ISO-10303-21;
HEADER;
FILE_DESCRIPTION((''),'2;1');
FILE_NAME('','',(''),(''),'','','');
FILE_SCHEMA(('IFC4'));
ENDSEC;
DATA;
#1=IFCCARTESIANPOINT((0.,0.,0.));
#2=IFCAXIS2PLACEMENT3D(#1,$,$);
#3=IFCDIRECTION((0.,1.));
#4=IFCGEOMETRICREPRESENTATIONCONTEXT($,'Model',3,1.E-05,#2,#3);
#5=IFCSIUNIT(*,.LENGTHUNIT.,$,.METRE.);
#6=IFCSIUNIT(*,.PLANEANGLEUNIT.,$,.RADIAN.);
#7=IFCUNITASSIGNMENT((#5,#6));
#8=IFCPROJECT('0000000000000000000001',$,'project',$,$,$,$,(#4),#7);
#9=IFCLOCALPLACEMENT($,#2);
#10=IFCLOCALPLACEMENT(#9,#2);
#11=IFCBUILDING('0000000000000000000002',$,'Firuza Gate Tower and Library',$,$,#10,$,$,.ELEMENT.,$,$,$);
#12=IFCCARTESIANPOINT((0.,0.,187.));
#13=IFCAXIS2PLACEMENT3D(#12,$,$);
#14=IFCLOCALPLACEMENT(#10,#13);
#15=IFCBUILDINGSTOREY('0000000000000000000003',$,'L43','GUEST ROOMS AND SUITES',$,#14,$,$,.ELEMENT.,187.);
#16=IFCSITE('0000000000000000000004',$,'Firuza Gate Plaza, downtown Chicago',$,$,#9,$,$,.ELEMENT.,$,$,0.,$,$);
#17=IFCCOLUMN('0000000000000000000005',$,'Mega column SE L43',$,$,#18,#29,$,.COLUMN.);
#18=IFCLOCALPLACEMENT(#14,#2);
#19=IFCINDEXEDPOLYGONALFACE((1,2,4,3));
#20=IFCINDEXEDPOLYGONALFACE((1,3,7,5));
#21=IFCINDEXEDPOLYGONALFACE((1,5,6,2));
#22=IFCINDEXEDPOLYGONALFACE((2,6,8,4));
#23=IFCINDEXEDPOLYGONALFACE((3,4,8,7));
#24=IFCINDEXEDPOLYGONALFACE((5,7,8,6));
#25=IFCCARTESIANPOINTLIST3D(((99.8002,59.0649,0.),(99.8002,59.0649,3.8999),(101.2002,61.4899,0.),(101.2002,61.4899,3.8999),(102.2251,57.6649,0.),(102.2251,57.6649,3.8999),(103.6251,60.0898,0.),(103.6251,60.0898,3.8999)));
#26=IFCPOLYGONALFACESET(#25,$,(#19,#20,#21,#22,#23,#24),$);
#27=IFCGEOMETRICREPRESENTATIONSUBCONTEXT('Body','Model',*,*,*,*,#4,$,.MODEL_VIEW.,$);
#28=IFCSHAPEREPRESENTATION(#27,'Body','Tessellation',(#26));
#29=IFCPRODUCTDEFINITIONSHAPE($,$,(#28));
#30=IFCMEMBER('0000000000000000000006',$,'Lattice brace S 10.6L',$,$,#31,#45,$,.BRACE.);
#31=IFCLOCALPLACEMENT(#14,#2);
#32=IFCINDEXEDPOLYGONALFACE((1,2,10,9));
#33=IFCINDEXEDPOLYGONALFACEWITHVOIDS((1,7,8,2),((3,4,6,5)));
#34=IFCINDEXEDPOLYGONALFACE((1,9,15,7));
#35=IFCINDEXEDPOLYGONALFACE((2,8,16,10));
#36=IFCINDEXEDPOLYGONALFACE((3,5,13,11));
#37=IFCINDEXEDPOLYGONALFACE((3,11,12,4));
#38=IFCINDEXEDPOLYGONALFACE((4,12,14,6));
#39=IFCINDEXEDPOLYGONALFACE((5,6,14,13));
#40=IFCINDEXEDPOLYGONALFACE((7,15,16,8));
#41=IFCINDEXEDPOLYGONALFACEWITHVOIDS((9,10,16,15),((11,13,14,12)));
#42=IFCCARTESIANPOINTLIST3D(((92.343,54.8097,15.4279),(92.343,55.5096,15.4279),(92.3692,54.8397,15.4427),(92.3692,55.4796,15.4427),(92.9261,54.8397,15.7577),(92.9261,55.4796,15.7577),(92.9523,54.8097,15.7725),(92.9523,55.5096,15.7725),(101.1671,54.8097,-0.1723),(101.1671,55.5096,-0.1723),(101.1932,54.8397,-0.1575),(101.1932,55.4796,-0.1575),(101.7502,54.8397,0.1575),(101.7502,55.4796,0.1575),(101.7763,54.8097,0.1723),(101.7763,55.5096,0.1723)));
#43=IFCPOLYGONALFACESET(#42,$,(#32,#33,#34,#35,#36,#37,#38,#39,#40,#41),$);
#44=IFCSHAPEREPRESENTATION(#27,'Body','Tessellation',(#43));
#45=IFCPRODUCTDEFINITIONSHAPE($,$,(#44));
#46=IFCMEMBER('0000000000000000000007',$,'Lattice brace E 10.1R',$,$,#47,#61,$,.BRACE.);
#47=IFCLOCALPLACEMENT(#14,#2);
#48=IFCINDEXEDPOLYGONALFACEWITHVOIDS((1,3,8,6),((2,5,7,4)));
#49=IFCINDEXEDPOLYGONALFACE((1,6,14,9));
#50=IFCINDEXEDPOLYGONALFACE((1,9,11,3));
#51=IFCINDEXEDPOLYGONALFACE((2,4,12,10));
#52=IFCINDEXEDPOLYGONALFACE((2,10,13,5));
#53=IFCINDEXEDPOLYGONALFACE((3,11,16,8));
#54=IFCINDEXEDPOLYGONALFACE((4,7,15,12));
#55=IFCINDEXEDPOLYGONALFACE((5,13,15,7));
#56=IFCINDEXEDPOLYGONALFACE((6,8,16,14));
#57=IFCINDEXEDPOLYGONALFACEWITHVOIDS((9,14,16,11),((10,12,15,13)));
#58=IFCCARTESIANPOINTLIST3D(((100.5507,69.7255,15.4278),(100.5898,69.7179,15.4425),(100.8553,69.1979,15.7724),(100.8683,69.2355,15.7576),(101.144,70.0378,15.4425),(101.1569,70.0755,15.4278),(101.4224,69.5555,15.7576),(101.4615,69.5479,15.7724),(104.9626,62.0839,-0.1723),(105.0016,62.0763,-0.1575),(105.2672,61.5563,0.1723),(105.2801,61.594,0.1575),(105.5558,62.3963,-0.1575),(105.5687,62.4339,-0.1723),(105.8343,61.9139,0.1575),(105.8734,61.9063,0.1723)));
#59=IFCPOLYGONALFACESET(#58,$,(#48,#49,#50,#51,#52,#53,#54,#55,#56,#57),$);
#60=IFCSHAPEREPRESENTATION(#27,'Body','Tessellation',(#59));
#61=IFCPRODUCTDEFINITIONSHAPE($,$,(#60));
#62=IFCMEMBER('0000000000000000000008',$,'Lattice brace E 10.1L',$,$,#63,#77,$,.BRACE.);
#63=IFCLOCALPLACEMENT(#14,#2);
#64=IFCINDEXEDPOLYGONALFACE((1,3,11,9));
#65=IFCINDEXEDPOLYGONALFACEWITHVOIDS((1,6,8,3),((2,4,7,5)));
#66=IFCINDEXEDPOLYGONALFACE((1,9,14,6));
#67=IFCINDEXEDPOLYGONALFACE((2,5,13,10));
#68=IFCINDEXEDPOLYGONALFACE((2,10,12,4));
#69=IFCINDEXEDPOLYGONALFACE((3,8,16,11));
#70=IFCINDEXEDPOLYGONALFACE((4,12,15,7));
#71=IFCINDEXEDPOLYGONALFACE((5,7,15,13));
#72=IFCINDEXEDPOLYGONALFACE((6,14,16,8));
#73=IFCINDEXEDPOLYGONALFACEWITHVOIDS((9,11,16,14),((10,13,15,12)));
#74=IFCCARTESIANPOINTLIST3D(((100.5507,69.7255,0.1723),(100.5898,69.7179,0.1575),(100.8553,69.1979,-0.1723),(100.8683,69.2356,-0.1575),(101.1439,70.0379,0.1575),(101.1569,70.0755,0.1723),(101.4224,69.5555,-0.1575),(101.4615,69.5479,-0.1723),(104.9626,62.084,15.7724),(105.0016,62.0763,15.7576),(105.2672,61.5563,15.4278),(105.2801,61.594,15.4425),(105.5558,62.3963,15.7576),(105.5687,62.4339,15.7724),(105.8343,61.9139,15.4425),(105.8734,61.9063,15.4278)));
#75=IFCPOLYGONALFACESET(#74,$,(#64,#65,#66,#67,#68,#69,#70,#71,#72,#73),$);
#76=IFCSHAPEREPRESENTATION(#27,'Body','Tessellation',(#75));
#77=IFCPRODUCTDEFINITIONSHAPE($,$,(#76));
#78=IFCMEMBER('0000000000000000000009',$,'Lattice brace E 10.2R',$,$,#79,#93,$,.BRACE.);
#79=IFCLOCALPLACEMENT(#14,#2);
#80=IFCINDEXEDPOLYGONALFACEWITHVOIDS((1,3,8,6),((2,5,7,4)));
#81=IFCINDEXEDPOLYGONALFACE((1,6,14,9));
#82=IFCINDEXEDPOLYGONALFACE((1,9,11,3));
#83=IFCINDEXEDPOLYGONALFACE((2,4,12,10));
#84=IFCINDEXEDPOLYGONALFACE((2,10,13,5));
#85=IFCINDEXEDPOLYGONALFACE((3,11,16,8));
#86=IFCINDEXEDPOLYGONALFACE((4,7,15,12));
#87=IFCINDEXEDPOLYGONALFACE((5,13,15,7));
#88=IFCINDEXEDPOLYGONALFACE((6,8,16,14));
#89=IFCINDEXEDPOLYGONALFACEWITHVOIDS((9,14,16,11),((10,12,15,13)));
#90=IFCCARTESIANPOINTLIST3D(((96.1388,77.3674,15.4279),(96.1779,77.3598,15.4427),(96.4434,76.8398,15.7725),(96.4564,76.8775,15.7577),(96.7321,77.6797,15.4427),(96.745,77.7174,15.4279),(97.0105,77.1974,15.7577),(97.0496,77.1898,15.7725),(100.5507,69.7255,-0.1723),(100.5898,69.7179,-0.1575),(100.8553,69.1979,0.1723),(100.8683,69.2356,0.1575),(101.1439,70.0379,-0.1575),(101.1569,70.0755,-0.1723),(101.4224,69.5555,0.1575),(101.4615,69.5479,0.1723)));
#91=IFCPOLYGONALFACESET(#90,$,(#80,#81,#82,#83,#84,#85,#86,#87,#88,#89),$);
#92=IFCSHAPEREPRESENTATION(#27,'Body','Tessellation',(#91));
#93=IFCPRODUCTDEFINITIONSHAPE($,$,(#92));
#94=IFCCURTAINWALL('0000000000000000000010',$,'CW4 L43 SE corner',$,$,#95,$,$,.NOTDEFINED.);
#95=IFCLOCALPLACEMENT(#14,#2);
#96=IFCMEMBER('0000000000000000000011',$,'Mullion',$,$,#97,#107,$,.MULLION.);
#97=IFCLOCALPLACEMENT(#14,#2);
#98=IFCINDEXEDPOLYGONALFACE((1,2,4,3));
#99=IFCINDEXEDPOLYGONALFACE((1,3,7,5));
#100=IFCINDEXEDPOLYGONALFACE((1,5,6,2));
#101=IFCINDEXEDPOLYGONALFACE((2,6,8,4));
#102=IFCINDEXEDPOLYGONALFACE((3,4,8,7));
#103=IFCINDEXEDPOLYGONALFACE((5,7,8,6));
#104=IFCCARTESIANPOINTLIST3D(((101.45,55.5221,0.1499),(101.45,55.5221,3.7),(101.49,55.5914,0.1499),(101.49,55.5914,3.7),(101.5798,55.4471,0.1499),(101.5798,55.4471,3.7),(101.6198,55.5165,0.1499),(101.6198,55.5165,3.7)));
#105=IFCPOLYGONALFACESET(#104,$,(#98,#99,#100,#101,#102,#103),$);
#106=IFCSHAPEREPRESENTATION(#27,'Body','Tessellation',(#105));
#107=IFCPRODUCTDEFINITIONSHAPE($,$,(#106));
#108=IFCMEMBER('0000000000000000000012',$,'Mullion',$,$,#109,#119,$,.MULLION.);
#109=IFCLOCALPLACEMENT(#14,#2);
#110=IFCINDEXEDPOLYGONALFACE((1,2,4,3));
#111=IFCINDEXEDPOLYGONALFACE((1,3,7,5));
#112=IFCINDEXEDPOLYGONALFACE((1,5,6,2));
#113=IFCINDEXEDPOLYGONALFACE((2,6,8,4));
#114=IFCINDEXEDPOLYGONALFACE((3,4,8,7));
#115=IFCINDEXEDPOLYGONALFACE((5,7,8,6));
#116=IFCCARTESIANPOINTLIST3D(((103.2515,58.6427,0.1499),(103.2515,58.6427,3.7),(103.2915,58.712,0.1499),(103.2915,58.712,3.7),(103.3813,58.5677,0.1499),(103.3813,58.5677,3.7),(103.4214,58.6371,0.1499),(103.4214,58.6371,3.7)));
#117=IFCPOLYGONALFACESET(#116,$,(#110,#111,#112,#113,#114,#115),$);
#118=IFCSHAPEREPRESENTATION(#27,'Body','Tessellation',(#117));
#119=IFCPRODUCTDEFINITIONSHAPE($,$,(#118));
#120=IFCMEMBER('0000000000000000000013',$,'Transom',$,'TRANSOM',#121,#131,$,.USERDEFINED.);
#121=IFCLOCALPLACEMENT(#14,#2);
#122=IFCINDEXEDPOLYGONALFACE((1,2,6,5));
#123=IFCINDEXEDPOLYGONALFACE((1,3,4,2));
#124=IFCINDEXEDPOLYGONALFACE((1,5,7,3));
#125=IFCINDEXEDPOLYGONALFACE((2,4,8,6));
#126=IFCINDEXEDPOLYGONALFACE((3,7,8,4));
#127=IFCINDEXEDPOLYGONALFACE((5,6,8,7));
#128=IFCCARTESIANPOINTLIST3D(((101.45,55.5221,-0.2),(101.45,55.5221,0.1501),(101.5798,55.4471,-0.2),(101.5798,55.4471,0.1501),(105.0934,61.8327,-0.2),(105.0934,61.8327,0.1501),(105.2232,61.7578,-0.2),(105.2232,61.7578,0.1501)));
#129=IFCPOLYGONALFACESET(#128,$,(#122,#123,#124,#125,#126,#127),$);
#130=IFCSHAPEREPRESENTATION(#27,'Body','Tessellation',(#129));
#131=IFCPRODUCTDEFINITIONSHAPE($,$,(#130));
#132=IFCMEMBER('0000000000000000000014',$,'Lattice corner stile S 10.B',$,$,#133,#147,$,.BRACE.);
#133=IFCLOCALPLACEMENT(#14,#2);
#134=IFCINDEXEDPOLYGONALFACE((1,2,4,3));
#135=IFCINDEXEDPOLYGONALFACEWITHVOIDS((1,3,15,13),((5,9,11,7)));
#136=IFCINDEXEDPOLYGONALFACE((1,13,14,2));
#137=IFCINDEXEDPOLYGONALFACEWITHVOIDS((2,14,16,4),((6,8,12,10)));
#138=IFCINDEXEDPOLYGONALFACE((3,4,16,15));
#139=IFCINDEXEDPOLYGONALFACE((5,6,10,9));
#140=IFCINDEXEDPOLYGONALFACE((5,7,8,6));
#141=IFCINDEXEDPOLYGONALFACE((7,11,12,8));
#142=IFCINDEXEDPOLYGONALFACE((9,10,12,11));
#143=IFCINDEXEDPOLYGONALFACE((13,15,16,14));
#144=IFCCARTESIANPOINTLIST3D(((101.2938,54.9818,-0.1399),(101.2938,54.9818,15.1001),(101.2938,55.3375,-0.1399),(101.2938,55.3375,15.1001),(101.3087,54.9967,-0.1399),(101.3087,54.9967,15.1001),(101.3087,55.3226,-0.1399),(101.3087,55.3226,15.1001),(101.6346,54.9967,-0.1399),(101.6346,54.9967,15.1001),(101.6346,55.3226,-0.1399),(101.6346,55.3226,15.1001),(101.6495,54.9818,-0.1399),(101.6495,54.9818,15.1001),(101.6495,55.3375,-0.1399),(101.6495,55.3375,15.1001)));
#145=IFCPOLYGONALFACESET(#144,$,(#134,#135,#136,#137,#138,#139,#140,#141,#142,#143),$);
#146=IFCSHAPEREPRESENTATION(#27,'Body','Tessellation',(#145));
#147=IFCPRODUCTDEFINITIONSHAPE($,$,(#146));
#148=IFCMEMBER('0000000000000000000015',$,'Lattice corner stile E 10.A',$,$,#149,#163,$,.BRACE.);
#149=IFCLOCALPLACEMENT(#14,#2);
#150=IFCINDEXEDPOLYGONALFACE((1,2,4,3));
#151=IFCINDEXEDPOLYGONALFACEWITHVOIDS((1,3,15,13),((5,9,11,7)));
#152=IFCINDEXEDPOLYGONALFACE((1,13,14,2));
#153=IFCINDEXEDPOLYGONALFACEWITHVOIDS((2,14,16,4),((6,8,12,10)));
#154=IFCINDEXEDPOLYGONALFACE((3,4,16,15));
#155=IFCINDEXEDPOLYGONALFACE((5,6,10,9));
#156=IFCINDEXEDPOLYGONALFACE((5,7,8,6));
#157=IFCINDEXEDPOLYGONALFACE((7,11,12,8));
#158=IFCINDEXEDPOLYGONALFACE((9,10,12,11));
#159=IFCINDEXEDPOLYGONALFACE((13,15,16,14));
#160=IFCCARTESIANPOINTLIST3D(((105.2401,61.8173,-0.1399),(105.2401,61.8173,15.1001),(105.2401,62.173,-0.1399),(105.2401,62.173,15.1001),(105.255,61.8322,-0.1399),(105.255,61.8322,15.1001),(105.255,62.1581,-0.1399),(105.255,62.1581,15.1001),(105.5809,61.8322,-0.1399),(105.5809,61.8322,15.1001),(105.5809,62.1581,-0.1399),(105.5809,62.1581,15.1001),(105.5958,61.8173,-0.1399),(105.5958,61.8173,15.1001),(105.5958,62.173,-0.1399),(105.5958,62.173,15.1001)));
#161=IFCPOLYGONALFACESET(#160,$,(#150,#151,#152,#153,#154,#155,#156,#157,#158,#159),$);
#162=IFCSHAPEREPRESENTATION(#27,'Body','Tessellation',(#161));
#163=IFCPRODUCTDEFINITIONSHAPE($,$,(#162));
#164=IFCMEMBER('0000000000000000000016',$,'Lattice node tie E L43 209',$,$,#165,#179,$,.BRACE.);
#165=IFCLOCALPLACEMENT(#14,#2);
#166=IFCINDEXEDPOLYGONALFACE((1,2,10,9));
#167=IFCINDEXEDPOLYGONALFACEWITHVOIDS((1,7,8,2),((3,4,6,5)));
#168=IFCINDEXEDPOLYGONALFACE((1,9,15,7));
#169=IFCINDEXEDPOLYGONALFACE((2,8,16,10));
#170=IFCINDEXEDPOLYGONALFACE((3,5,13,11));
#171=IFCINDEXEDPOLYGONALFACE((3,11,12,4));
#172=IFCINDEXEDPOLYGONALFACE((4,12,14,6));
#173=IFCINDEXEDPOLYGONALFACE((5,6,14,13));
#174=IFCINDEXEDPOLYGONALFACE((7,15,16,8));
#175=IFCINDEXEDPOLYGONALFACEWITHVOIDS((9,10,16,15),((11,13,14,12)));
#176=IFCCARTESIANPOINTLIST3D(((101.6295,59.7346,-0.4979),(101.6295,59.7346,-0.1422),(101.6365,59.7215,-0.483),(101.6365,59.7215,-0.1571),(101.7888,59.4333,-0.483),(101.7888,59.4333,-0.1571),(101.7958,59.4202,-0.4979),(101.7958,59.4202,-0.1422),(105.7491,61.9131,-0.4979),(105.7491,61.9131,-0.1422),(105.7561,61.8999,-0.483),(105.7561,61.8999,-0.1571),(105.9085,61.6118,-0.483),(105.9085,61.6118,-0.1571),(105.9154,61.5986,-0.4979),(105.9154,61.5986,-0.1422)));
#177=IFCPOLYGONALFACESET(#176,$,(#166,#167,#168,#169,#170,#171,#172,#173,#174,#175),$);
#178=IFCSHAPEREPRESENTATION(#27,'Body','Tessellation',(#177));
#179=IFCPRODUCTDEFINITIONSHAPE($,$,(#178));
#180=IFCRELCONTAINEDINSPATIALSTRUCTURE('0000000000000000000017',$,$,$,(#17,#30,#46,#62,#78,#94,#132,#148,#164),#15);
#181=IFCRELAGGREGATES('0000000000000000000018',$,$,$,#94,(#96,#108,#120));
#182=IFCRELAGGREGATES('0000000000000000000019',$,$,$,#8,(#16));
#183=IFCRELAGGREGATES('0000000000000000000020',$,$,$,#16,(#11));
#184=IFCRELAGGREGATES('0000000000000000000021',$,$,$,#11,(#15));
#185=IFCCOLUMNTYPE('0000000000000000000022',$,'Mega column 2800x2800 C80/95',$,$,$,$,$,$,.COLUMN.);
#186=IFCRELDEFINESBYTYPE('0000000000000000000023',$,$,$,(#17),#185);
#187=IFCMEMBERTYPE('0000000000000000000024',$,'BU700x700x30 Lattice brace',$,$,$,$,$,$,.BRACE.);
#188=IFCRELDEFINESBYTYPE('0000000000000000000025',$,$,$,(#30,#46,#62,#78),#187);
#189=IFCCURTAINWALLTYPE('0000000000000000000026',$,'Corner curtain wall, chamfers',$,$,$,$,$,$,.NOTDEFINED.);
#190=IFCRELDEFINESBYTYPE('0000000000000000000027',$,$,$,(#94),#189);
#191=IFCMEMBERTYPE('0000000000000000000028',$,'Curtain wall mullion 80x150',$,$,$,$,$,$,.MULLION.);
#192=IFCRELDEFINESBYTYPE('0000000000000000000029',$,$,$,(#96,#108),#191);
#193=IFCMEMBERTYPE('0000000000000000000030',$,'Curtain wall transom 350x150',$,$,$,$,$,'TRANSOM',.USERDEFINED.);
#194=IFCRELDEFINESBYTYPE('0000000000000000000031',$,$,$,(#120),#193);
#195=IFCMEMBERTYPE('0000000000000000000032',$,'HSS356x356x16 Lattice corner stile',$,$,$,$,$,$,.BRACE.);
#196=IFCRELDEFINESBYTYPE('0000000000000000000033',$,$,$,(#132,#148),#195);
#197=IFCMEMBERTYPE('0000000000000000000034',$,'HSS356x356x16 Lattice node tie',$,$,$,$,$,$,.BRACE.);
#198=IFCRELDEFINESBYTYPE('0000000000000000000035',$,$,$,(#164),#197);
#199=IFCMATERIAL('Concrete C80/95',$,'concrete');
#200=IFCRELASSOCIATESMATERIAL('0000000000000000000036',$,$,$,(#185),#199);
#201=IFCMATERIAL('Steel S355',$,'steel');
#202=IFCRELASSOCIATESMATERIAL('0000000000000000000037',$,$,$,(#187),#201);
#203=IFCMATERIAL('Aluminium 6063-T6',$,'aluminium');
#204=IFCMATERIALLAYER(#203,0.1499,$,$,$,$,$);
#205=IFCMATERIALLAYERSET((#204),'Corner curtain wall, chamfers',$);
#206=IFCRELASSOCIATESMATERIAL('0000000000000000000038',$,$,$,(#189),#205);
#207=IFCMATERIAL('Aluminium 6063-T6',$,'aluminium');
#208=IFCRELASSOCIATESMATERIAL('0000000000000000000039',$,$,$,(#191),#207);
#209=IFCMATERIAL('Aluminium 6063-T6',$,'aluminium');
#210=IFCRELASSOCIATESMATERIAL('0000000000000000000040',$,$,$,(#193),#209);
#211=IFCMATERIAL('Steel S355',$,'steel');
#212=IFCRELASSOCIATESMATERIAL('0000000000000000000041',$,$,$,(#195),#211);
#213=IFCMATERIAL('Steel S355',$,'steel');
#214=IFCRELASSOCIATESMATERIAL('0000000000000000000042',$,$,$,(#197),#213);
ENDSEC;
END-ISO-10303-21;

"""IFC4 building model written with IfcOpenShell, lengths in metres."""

from ifc_helpers import new_model, si_unit, direction, frame, origin, origin_2d, place, context, subcontext, project, spatial, rectangle, hollow_rectangle, extrude, material, layer, layer_set, material_profile, profile_set, type_object, element, aggregate, save


model = new_model("IFC4")

# Units and contexts
model_context = context("Model", 3, precision=1e-05, world=origin(), true_north=direction((0.0, 1.0)))
body_context = subcontext(model_context, "Body", "Model", "MODEL_VIEW")
ifc_project = project(units=[si_unit("LENGTHUNIT", "METRE"), si_unit("PLANEANGLEUNIT", "RADIAN")], contexts=[model_context])

# Site, building, storey
site_placement = place(None, origin())
site = spatial("IfcSite", under=ifc_project, at=site_placement, Name="Firuza Gate Plaza, downtown Chicago", CompositionType="ELEMENT", RefElevation=0.0)
building_placement = place(site_placement, origin())
building = spatial("IfcBuilding", under=site, at=building_placement, Name="Firuza Gate Tower and Library", CompositionType="ELEMENT")
storey_placement = place(building_placement, frame((0.0, 0.0, 187.0)))
storey = spatial("IfcBuildingStorey", under=building, at=storey_placement, Name="L43", Description="GUEST ROOMS AND SUITES", CompositionType="ELEMENT", Elevation=187.0)

# Column
ifc_material_1 = material(Name="Concrete C80/95", Category="concrete")
ifc_material_profile_1 = material_profile(ifc_material_1, rectangle(XDim=2.8, YDim=2.8, at=origin_2d()))
ifc_profile_set_1 = profile_set([ifc_material_profile_1], Name="Concrete C80/95")
column_type = type_object("IfcColumnType", Name="Mega column 2800x2800 C80/95", PredefinedType="COLUMN", material=ifc_profile_set_1)
column_placement = place(storey_placement, frame((101.7126, 59.5774, 0.0), z_axis=(0.0, 0.0, 1.0), x_axis=(0.5, 0.866025, 0.0)))
element("IfcColumn", 1, at=column_placement, inside=storey, type_object=column_type, Name="Mega column SE L43", PredefinedType="COLUMN", context=body_context, shape_type="SweptSolid", body=[
    extrude(rectangle(XDim=2.8, YDim=2.8, at=origin_2d()), origin(), (0.0, 0.0, 1.0), 3.8999),
])

# Members
ifc_material_2 = material(Name="Steel S355", Category="steel")
ifc_material_profile_2 = material_profile(ifc_material_2, hollow_rectangle(XDim=0.7, YDim=0.7, WallThickness=0.03, at=origin_2d()))
ifc_profile_set_2 = profile_set([ifc_material_profile_2], Name="Steel S355")
member_type_1 = type_object("IfcMemberType", Name="BU700x700x30 Lattice brace", PredefinedType="BRACE", material=ifc_profile_set_2)
member_1_placement = place(storey_placement, frame((101.4717, 55.1597, 0.0), z_axis=(-0.492333, 0.0, 0.870407), x_axis=(0.0, -1.0, 0.0)))
element("IfcMember", 2, at=member_1_placement, inside=storey, type_object=member_type_1, Name="Lattice brace S 10.6L", PredefinedType="BRACE", context=body_context, shape_type="SweptSolid", body=[
    extrude(hollow_rectangle(XDim=0.7, YDim=0.7, WallThickness=0.03, at=origin_2d()), origin(), (0.0, 0.0, 1.0), 17.9229),
])
for number, where, z_axis, x_axis, name in (
    (3, (105.418, 61.9951, 0.0), (-0.246161, 0.426365, 0.870412), (-0.866026, -0.499999, 0.0), "Lattice brace E 10.1R"),
    (4, (101.0061, 69.6367, 0.0), (0.246161, -0.426365, 0.870412), (0.866026, 0.499999, 0.0), "Lattice brace E 10.1L"),
):
    element("IfcMember", number, at=place(storey_placement, frame(where, z_axis=z_axis, x_axis=x_axis)), inside=storey, type_object=member_type_1, Name=name, PredefinedType="BRACE", context=body_context, shape_type="SweptSolid", body=[
        extrude(hollow_rectangle(XDim=0.7, YDim=0.7, WallThickness=0.03, at=origin_2d()), origin(), (0.0, 0.0, 1.0), 17.9226),
    ])
member_2_placement = place(storey_placement, frame((101.0061, 69.6367, 0.0), z_axis=(-0.24616, 0.426377, 0.870407), x_axis=(-0.866033, -0.499987, 0.0)))
element("IfcMember", 5, at=member_2_placement, inside=storey, type_object=member_type_1, Name="Lattice brace E 10.2R", PredefinedType="BRACE", context=body_context, shape_type="SweptSolid", body=[
    extrude(hollow_rectangle(XDim=0.7, YDim=0.7, WallThickness=0.03, at=origin_2d()), origin(), (0.0, 0.0, 1.0), 17.9229),
])

# Curtain wall, members
ifc_material_3 = material(Name="Aluminium 6063-T6", Category="aluminium")
ifc_layer_1 = layer(ifc_material_3, 0.1499)
ifc_layer_set_1 = layer_set([ifc_layer_1], Name="Corner curtain wall, chamfers")
curtain_wall_type = type_object("IfcCurtainWallType", Name="Corner curtain wall, chamfers", PredefinedType="NOTDEFINED", material=ifc_layer_set_1)
curtain_wall_placement = place(storey_placement, origin())
curtain_wall = element("IfcCurtainWall", 6, at=curtain_wall_placement, inside=storey, type_object=curtain_wall_type, Name="CW4 L43 SE corner", PredefinedType="NOTDEFINED")
ifc_material_4 = material(Name="Aluminium 6063-T6", Category="aluminium")
ifc_material_profile_3 = material_profile(ifc_material_4, rectangle(XDim=0.1499, YDim=0.0801, at=origin_2d()))
ifc_profile_set_3 = profile_set([ifc_material_profile_3], Name="Aluminium 6063-T6")
member_type_2 = type_object("IfcMemberType", Name="Curtain wall mullion 80x150", PredefinedType="MULLION", material=ifc_profile_set_3)
member_3_placement = place(storey_placement, frame((101.5349, 55.5193, 0.1499), z_axis=(0.0, 0.0, 1.0), x_axis=(-0.866025, 0.5, 0.0)))
member_3 = element("IfcMember", 7, at=member_3_placement, type_object=member_type_2, Name="Mullion", PredefinedType="MULLION", context=body_context, shape_type="SweptSolid", body=[
    extrude(rectangle(XDim=0.1499, YDim=0.0801, at=origin_2d()), origin(), (0.0, 0.0, 1.0), 3.55),
])
member_4_placement = place(storey_placement, frame((103.3364, 58.6399, 0.1499), z_axis=(0.0, 0.0, 1.0), x_axis=(-0.866025, 0.5, 0.0)))
member_4 = element("IfcMember", 8, at=member_4_placement, type_object=member_type_2, Name="Mullion", PredefinedType="MULLION", context=body_context, shape_type="SweptSolid", body=[
    extrude(rectangle(XDim=0.1499, YDim=0.0801, at=origin_2d()), origin(), (0.0, 0.0, 1.0), 3.55),
])
ifc_material_5 = material(Name="Aluminium 6063-T6", Category="aluminium")
ifc_material_profile_4 = material_profile(ifc_material_5, rectangle(XDim=0.1499, YDim=0.3501, at=origin_2d()))
ifc_profile_set_4 = profile_set([ifc_material_profile_4], Name="Aluminium 6063-T6")
member_type_3 = type_object("IfcMemberType", Name="Curtain wall transom 350x150", ElementType="TRANSOM", PredefinedType="USERDEFINED", material=ifc_profile_set_4)
member_5_placement = place(storey_placement, frame((101.5149, 55.4846, -0.0249), z_axis=(0.499991, 0.86603, 0.0), x_axis=(-0.86603, 0.499991, 0.0)))
member_5 = element("IfcMember", 9, at=member_5_placement, type_object=member_type_3, Name="Transom", ObjectType="TRANSOM", PredefinedType="USERDEFINED", context=body_context, shape_type="SweptSolid", body=[
    extrude(rectangle(XDim=0.1499, YDim=0.3501, at=origin_2d()), origin(), (0.0, 0.0, 1.0), 7.2869),
])

# Members
ifc_material_6 = material(Name="Steel S355", Category="steel")
ifc_material_profile_5 = material_profile(ifc_material_6, hollow_rectangle(XDim=0.3557, YDim=0.3557, WallThickness=0.0149, at=origin_2d()))
ifc_profile_set_5 = profile_set([ifc_material_profile_5], Name="Steel S355")
member_type_4 = type_object("IfcMemberType", Name="HSS356x356x16 Lattice corner stile", PredefinedType="BRACE", material=ifc_profile_set_5)
for number, where, z_axis, x_axis, name in (
    (10, (101.4717, 55.1597, -0.1399), (0.0, 0.0, 1.0), (1.0, 0.0, 0.0), "Lattice corner stile S 10.B"),
    (11, (105.418, 61.9951, -0.1399), (0.0, 0.0, 1.0), (1.0, 0.0, 0.0), "Lattice corner stile E 10.A"),
):
    element("IfcMember", number, at=place(storey_placement, frame(where, z_axis=z_axis, x_axis=x_axis)), inside=storey, type_object=member_type_4, Name=name, PredefinedType="BRACE", context=body_context, shape_type="SweptSolid", body=[
        extrude(hollow_rectangle(XDim=0.3557, YDim=0.3557, WallThickness=0.0149, at=origin_2d()), origin(), (0.0, 0.0, 1.0), 15.24),
    ])
ifc_material_7 = material(Name="Steel S355", Category="steel")
ifc_material_profile_6 = material_profile(ifc_material_7, hollow_rectangle(XDim=0.3557, YDim=0.3557, WallThickness=0.0149, at=origin_2d()))
ifc_profile_set_6 = profile_set([ifc_material_profile_6], Name="Steel S355")
member_type_5 = type_object("IfcMemberType", Name="HSS356x356x16 Lattice node tie", PredefinedType="BRACE", material=ifc_profile_set_6)
member_6_placement = place(storey_placement, frame((101.7126, 59.5774, -0.3201), z_axis=(0.884011, 0.467466, 0.0), x_axis=(-0.467466, 0.884011, 0.0)))
element("IfcMember", 12, at=member_6_placement, inside=storey, type_object=member_type_5, Name="Lattice node tie E L43 209", PredefinedType="BRACE", context=body_context, shape_type="SweptSolid", body=[
    extrude(hollow_rectangle(XDim=0.3557, YDim=0.3557, WallThickness=0.0149, at=origin_2d()), origin(), (0.0, 0.0, 1.0), 4.6602),
])

aggregate(curtain_wall, [member_3, member_4, member_5])

save(model, "model.ifc")
